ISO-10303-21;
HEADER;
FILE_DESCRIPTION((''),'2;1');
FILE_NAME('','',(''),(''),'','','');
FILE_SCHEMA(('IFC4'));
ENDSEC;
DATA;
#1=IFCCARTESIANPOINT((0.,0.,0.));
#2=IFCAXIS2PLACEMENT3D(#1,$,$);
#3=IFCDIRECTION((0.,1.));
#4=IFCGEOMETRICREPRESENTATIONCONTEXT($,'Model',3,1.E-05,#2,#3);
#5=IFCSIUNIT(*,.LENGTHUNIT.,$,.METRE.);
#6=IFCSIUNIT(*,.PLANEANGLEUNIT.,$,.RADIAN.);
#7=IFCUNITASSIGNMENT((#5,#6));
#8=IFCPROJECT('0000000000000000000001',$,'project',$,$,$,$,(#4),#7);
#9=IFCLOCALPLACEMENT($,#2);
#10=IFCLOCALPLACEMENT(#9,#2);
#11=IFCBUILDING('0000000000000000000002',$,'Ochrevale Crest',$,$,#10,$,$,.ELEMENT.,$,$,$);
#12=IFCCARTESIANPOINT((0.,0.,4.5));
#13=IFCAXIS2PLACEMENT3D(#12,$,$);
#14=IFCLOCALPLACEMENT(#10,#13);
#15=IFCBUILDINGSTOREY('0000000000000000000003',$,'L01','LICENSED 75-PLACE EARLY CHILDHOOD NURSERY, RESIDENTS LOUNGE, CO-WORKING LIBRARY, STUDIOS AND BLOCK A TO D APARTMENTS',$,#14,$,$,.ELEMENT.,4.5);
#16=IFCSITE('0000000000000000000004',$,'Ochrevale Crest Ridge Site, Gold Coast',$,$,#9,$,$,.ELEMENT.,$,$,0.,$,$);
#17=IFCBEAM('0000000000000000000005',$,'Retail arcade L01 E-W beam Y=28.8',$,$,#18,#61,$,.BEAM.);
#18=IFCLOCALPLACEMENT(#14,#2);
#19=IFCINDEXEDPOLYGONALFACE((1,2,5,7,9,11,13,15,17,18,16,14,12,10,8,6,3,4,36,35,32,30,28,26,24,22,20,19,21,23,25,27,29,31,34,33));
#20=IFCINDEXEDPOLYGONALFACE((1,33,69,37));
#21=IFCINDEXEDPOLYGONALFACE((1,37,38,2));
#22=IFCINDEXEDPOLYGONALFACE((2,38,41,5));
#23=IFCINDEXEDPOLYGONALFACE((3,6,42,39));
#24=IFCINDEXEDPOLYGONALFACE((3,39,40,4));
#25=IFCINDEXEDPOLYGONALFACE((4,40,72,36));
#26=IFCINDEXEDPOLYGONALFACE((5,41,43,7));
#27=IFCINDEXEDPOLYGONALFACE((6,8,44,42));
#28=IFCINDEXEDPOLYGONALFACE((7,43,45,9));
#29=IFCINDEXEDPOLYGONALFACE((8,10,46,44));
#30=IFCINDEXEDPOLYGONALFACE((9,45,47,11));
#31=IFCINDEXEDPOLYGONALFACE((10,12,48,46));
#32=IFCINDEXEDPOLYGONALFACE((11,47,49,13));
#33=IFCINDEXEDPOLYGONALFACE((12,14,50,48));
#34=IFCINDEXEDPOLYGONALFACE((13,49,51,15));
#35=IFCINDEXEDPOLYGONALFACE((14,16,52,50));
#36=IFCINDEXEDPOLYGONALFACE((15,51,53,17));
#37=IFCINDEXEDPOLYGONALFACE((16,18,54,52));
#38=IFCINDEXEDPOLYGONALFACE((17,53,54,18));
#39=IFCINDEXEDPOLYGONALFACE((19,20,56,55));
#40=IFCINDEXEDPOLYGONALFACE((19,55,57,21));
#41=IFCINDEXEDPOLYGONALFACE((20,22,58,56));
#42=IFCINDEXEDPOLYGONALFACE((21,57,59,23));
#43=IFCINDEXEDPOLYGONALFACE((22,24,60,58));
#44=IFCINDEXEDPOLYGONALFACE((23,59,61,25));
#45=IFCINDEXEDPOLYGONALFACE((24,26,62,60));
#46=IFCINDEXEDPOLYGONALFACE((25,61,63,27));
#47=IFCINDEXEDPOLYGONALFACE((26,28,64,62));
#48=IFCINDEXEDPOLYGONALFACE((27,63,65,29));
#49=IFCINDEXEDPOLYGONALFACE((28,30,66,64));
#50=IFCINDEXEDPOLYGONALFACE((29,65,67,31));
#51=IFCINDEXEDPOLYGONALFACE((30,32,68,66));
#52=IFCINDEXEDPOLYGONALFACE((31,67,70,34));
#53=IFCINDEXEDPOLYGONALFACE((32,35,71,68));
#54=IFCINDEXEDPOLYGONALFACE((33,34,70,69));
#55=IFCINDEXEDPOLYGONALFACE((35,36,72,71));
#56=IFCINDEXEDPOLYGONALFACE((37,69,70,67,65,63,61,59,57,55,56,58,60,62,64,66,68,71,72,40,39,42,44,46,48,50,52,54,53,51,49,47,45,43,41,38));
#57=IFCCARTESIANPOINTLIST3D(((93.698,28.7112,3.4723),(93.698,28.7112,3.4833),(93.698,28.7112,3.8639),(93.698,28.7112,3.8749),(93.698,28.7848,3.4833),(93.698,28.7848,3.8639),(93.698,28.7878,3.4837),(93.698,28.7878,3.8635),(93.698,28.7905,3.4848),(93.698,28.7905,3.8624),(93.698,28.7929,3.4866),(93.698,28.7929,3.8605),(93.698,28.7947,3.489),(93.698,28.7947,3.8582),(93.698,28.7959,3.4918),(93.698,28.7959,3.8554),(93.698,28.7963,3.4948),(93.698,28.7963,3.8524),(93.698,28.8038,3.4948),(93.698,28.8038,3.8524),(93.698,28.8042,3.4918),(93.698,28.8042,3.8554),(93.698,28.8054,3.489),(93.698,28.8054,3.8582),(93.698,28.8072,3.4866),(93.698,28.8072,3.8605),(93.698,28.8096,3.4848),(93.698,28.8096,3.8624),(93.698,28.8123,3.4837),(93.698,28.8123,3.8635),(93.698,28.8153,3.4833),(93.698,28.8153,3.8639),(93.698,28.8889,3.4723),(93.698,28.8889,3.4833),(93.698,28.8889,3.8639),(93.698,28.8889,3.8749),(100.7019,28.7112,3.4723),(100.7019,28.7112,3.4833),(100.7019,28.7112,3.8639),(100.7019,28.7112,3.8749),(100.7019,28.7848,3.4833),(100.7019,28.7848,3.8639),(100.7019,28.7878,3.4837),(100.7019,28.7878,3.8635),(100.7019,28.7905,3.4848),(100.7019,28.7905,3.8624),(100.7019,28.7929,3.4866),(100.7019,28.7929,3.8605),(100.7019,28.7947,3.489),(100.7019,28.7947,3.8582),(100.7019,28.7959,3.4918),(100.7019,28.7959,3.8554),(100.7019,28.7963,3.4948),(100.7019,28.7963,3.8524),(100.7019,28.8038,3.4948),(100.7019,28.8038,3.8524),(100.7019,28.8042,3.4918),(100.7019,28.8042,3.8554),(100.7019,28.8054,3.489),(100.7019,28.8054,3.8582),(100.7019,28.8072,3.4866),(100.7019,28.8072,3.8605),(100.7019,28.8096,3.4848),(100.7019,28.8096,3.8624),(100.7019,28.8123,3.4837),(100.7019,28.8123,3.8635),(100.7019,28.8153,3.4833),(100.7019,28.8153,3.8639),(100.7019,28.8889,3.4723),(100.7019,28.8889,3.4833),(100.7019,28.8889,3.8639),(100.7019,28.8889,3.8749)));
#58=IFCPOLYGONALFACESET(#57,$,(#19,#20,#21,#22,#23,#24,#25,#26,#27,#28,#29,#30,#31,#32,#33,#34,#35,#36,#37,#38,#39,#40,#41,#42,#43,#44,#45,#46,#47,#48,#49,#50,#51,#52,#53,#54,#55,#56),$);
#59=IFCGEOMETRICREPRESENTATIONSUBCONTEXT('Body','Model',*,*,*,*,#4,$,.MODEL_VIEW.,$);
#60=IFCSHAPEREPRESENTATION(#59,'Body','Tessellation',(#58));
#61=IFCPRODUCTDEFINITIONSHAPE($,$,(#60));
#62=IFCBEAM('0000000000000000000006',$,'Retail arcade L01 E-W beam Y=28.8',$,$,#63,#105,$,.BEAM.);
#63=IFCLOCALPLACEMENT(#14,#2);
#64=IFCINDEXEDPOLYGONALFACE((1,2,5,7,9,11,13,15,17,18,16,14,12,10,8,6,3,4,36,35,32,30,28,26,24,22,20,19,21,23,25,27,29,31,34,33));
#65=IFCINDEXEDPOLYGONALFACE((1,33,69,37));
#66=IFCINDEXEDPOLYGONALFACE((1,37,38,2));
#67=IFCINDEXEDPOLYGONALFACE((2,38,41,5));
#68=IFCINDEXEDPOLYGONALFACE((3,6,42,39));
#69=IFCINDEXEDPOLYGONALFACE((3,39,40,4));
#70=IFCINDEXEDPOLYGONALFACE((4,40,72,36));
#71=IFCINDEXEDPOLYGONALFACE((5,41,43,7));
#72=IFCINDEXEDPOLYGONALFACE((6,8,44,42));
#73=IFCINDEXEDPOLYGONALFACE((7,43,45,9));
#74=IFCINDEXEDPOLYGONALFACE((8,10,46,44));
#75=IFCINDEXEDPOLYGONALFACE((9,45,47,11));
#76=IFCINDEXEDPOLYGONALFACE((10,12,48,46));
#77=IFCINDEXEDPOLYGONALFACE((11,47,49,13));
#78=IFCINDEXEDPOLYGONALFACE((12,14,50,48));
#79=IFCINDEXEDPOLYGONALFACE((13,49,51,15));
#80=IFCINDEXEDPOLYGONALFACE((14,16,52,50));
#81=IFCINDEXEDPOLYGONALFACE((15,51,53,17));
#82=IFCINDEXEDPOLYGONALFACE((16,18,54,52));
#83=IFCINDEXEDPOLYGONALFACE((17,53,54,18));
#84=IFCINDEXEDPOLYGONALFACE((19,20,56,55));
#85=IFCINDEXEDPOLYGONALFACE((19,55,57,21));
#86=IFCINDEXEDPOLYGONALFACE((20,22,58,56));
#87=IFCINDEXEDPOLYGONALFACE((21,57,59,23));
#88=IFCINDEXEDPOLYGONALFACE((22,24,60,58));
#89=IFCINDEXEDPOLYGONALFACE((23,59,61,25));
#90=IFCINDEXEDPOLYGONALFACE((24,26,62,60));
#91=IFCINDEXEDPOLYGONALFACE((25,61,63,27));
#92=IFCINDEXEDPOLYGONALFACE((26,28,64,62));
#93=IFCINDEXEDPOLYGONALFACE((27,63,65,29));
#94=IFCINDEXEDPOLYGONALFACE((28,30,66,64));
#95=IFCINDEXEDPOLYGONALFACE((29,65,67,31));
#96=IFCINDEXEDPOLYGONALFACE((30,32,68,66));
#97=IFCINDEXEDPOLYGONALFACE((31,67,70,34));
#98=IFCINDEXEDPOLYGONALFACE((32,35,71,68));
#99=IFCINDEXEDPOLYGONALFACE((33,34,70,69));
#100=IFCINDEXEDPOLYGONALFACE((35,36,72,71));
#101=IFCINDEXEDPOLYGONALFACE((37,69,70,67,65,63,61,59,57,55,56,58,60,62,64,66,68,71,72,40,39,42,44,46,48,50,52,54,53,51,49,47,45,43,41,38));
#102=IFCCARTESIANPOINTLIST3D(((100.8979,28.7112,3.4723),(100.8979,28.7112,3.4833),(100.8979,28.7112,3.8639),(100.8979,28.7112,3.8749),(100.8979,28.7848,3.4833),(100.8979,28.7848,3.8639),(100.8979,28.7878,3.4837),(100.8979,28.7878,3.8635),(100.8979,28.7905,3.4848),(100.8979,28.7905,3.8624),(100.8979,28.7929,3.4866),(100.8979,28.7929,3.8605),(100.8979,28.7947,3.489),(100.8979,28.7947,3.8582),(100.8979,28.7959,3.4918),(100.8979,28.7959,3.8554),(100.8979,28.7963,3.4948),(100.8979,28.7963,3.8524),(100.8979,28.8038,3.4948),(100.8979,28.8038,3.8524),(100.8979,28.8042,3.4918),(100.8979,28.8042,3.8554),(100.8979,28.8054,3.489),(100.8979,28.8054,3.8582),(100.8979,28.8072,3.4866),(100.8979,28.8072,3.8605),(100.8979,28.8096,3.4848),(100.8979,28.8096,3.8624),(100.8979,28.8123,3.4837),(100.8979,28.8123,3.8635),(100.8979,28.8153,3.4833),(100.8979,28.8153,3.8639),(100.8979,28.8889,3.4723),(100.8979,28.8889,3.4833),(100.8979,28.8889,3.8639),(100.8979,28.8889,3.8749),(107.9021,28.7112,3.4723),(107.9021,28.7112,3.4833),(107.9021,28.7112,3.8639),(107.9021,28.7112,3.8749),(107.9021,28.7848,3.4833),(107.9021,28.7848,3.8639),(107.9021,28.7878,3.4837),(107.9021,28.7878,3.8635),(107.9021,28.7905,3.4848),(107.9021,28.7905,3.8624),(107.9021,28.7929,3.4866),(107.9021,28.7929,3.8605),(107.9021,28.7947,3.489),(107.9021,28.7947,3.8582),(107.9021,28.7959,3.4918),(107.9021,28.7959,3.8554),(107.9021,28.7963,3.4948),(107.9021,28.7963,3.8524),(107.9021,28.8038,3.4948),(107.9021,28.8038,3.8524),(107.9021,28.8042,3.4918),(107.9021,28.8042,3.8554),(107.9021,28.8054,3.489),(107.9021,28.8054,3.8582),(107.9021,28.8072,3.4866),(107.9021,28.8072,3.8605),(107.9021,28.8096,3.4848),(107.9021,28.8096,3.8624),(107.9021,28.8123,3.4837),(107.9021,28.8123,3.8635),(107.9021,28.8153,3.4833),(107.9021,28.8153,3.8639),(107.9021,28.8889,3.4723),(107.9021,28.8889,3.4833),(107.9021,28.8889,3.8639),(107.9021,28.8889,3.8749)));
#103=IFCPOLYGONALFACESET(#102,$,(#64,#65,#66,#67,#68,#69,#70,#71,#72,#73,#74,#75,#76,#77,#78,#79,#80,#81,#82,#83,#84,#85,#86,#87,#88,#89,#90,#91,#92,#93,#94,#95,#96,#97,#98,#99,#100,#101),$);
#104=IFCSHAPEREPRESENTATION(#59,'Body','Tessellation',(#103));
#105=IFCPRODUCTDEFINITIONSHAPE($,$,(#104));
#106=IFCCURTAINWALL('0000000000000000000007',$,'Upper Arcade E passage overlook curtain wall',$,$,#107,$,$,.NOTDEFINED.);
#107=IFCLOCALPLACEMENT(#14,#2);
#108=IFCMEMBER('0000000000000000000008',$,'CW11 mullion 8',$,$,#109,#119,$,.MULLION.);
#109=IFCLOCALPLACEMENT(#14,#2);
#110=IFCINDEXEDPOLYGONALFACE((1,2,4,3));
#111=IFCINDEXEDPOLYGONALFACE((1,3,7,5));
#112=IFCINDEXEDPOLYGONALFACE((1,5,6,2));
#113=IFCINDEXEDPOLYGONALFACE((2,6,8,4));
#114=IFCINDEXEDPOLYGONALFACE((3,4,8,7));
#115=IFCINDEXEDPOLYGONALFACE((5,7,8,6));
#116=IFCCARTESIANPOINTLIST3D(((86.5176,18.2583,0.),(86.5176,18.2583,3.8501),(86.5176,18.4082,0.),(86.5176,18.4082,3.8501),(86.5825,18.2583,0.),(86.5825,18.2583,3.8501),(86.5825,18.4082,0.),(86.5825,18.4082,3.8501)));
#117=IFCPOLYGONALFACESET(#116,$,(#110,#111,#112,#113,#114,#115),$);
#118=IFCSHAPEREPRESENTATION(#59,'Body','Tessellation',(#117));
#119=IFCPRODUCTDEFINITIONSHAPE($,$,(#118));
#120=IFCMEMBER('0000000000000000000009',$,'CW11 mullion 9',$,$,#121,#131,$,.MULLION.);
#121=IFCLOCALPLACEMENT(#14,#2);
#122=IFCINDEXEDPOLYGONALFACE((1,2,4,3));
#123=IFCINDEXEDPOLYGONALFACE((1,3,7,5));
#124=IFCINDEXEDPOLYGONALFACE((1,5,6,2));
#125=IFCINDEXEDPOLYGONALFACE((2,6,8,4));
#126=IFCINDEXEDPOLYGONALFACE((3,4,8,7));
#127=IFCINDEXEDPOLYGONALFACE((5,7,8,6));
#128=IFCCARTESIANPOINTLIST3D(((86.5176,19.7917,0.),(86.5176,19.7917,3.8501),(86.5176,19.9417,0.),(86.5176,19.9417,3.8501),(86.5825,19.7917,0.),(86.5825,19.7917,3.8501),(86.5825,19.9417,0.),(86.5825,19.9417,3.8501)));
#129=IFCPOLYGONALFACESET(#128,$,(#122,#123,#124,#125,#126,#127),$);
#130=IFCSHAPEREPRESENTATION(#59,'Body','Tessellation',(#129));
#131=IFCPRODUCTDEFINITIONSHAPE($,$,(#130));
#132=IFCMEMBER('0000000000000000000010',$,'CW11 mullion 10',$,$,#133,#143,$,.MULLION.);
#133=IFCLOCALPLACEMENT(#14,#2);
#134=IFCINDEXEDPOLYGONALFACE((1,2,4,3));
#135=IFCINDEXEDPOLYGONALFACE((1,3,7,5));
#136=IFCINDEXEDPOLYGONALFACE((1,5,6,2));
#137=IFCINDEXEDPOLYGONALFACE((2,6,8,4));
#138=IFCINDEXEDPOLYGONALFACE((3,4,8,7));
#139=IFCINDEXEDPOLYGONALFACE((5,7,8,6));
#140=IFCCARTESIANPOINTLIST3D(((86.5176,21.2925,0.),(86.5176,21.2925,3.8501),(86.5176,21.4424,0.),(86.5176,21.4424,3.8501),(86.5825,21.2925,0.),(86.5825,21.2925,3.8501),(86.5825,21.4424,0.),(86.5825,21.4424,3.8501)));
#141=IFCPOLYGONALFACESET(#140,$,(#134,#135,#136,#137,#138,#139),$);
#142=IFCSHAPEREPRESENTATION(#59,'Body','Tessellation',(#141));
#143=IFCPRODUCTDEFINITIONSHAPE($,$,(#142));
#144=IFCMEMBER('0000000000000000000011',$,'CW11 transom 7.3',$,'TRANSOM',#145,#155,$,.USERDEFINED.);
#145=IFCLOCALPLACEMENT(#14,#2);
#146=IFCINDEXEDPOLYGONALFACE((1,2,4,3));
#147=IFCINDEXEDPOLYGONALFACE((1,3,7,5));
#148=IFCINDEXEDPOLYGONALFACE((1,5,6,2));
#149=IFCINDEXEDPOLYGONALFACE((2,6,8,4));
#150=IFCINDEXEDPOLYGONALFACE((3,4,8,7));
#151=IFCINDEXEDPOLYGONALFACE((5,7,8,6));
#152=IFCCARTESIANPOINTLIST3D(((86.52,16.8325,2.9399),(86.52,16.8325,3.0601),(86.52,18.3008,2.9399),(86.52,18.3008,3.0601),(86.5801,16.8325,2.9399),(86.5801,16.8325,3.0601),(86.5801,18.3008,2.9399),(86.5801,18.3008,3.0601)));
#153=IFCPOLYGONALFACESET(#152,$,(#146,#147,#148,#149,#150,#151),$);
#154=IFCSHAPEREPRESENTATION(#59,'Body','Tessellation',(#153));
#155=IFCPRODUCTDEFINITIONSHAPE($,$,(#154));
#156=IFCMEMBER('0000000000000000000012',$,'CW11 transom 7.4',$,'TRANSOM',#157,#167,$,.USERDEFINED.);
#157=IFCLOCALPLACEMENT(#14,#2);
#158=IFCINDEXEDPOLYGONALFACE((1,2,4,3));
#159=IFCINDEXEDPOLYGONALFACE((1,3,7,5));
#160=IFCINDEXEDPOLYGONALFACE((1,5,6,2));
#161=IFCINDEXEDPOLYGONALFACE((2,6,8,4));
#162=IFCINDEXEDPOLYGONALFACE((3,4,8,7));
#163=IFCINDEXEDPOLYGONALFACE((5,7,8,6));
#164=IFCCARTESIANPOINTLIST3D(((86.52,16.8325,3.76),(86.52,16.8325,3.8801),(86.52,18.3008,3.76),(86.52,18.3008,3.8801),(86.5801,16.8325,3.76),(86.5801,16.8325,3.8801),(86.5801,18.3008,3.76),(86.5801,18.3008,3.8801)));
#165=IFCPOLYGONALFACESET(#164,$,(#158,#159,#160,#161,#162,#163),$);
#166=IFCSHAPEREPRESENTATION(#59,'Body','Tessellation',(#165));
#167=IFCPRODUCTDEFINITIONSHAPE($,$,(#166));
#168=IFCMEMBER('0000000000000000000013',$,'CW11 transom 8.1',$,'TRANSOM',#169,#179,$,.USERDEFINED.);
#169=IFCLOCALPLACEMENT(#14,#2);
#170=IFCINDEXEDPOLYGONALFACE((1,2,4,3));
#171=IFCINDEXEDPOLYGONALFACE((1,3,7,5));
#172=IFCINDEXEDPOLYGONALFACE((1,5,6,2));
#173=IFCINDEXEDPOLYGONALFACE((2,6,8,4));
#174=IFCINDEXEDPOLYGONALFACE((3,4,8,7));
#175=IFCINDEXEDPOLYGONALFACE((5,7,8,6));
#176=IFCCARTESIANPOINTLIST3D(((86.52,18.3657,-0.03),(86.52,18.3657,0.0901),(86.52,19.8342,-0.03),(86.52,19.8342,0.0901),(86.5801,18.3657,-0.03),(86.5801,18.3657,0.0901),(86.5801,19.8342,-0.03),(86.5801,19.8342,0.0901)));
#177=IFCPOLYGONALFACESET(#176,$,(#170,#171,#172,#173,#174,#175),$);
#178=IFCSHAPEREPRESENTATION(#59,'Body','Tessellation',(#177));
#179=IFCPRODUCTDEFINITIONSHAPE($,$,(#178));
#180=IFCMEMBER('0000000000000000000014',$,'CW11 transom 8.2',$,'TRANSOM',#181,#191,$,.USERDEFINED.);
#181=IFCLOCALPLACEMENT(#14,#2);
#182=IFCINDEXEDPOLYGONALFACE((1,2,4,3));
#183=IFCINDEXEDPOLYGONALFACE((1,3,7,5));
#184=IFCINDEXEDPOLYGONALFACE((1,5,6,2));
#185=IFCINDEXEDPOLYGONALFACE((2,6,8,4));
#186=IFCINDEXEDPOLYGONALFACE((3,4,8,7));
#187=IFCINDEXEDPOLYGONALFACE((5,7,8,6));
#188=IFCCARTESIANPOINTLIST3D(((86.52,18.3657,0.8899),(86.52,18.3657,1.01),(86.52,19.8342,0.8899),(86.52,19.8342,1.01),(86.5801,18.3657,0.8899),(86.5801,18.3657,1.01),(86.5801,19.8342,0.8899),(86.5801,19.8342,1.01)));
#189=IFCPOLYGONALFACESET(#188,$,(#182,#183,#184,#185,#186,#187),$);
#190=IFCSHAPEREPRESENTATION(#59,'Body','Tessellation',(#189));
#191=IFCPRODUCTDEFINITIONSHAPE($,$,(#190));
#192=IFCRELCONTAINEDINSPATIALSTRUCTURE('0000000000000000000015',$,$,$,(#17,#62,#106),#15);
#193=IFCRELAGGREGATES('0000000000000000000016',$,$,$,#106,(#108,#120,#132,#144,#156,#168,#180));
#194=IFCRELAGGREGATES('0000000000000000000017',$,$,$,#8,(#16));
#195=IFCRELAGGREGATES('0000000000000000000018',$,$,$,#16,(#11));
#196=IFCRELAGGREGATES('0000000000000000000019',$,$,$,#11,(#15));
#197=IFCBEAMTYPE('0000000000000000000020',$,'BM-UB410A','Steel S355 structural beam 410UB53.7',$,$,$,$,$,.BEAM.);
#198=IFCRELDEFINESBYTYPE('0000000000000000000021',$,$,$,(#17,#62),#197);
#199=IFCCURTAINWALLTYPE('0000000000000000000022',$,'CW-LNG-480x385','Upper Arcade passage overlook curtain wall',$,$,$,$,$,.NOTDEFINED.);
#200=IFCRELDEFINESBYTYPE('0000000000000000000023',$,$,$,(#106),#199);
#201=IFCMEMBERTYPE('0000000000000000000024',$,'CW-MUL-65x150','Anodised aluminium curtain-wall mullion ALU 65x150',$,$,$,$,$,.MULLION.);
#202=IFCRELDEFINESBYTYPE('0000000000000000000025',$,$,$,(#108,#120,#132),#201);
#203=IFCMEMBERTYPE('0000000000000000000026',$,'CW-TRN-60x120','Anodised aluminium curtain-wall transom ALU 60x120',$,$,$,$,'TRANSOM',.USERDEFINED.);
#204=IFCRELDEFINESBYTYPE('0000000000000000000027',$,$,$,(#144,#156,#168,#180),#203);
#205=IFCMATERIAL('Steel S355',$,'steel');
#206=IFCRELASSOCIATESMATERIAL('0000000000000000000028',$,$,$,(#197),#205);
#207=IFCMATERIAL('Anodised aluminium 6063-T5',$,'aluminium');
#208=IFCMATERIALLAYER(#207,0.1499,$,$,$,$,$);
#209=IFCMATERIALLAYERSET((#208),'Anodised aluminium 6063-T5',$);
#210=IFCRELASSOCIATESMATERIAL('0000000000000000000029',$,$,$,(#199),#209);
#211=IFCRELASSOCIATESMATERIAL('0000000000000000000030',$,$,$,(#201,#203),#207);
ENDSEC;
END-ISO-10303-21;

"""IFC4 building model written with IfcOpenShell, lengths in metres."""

from ifc_helpers import new_model, si_unit, direction, frame, origin, origin_2d, place, context, subcontext, project, spatial, rectangle, i_section, extrude, material, layer, layer_set, material_profile, profile_set, type_object, element, aggregate, save


model = new_model("IFC4")

# Units and contexts
model_context = context("Model", 3, precision=1e-05, world=origin(), true_north=direction((0.0, 1.0)))
body_context = subcontext(model_context, "Body", "Model", "MODEL_VIEW")
ifc_project = project(units=[si_unit("LENGTHUNIT", "METRE"), si_unit("PLANEANGLEUNIT", "RADIAN")], contexts=[model_context])

# Site, building, storey
site_placement = place(None, origin())
site = spatial("IfcSite", under=ifc_project, at=site_placement, Name="Ochrevale Crest Ridge Site, Gold Coast", CompositionType="ELEMENT", RefElevation=0.0)
building_placement = place(site_placement, origin())
building = spatial("IfcBuilding", under=site, at=building_placement, Name="Ochrevale Crest", CompositionType="ELEMENT")
storey_placement = place(building_placement, frame((0.0, 0.0, 4.5)))
storey = spatial("IfcBuildingStorey", under=building, at=storey_placement, Name="L01", Description="LICENSED 75-PLACE EARLY CHILDHOOD NURSERY, RESIDENTS LOUNGE, CO-WORKING LIBRARY, STUDIOS AND BLOCK A TO D APARTMENTS", CompositionType="ELEMENT", Elevation=4.5)

# Shared definitions
ifc_material_1 = material(Name="Steel S355", Category="steel")

# Beams
ifc_material_profile_1 = material_profile(ifc_material_1, i_section(OverallWidth=0.1777, OverallDepth=0.4026, WebThickness=0.0076, FlangeThickness=0.011, FilletRadius=0.0115, at=origin_2d()), Name="410UB53.7")
ifc_profile_set_1 = profile_set([ifc_material_profile_1], Name="Steel S355")
beam_type_1 = type_object("IfcBeamType", Name="BM-UB410A", Description="Steel S355 structural beam 410UB53.7", PredefinedType="BEAM", material=ifc_profile_set_1)
beam_1_placement = place(storey_placement, frame((93.698, 28.8, 3.6736), z_axis=(1.0, 0.0, 0.0), x_axis=(0.0, 1.0, 0.0)))
element("IfcBeam", 1, at=beam_1_placement, inside=storey, type_object=beam_type_1, Name="Retail arcade L01 E-W beam Y=28.8", PredefinedType="BEAM", context=body_context, shape_type="SweptSolid", body=[
    extrude(i_section(OverallWidth=0.1777, OverallDepth=0.4026, WebThickness=0.0076, FlangeThickness=0.011, FilletRadius=0.0115, at=origin_2d()), origin(), (0.0, 0.0, 1.0), 7.0039),
])
beam_2_placement = place(storey_placement, frame((100.8979, 28.8, 3.6736), z_axis=(1.0, 0.0, 0.0), x_axis=(0.0, 1.0, 0.0)))
element("IfcBeam", 2, at=beam_2_placement, inside=storey, type_object=beam_type_1, Name="Retail arcade L01 E-W beam Y=28.8", PredefinedType="BEAM", context=body_context, shape_type="SweptSolid", body=[
    extrude(i_section(OverallWidth=0.1777, OverallDepth=0.4026, WebThickness=0.0076, FlangeThickness=0.011, FilletRadius=0.0115, at=origin_2d()), origin(), (0.0, 0.0, 1.0), 7.0042),
])

# Curtain wall, members
ifc_material_2 = material(Name="Anodised aluminium 6063-T5", Category="aluminium")
ifc_layer_1 = layer(ifc_material_2, 0.1499)
ifc_layer_set_1 = layer_set([ifc_layer_1], Name="Anodised aluminium 6063-T5")
curtain_wall_type = type_object("IfcCurtainWallType", Name="CW-LNG-480x385", Description="Upper Arcade passage overlook curtain wall", PredefinedType="NOTDEFINED", material=ifc_layer_set_1)
curtain_wall_placement = place(storey_placement, origin())
curtain_wall = element("IfcCurtainWall", 3, at=curtain_wall_placement, inside=storey, type_object=curtain_wall_type, Name="Upper Arcade E passage overlook curtain wall", PredefinedType="NOTDEFINED")
ifc_material_profile_2 = material_profile(ifc_material_2, rectangle(XDim=0.0649, YDim=0.1499, at=origin_2d()), Name="ALU 65x150")
ifc_profile_set_2 = profile_set([ifc_material_profile_2], Name="Anodised aluminium 6063-T5")
member_type_1 = type_object("IfcMemberType", Name="CW-MUL-65x150", Description="Anodised aluminium curtain-wall mullion ALU 65x150", PredefinedType="MULLION", material=ifc_profile_set_2)
member_1_placement = place(storey_placement, frame((86.55, 18.3333, 0.0), z_axis=(0.0, 0.0, 1.0), x_axis=(-1.0, 0.0, 0.0)))
member_1 = element("IfcMember", 4, at=member_1_placement, type_object=member_type_1, Name="CW11 mullion 8", PredefinedType="MULLION", context=body_context, shape_type="SweptSolid", body=[
    extrude(rectangle(XDim=0.0649, YDim=0.1499, at=origin_2d()), origin(), (0.0, 0.0, 1.0), 3.8501),
])
member_2_placement = place(storey_placement, frame((86.55, 19.8667, 0.0), z_axis=(0.0, 0.0, 1.0), x_axis=(-1.0, 0.0, 0.0)))
member_2 = element("IfcMember", 5, at=member_2_placement, type_object=member_type_1, Name="CW11 mullion 9", PredefinedType="MULLION", context=body_context, shape_type="SweptSolid", body=[
    extrude(rectangle(XDim=0.0649, YDim=0.1499, at=origin_2d()), origin(), (0.0, 0.0, 1.0), 3.8501),
])
member_3_placement = place(storey_placement, frame((86.55, 21.3674, 0.0), z_axis=(0.0, 0.0, 1.0), x_axis=(-1.0, 0.0, 0.0)))
member_3 = element("IfcMember", 6, at=member_3_placement, type_object=member_type_1, Name="CW11 mullion 10", PredefinedType="MULLION", context=body_context, shape_type="SweptSolid", body=[
    extrude(rectangle(XDim=0.0649, YDim=0.1499, at=origin_2d()), origin(), (0.0, 0.0, 1.0), 3.8501),
])
ifc_material_profile_3 = material_profile(ifc_material_2, rectangle(XDim=0.0601, YDim=0.1201, at=origin_2d()), Name="ALU 60x120")
ifc_profile_set_3 = profile_set([ifc_material_profile_3], Name="Anodised aluminium 6063-T5")
member_type_2 = type_object("IfcMemberType", Name="CW-TRN-60x120", Description="Anodised aluminium curtain-wall transom ALU 60x120", ElementType="TRANSOM", PredefinedType="USERDEFINED", material=ifc_profile_set_3)
member_4_placement = place(storey_placement, frame((86.55, 16.8325, 3.0), z_axis=(0.0, 1.0, 0.0), x_axis=(-1.0, 0.0, 0.0)))
member_4 = element("IfcMember", 7, at=member_4_placement, type_object=member_type_2, Name="CW11 transom 7.3", ObjectType="TRANSOM", PredefinedType="USERDEFINED", context=body_context, shape_type="SweptSolid", body=[
    extrude(rectangle(XDim=0.0601, YDim=0.1201, at=origin_2d()), origin(), (0.0, 0.0, 1.0), 1.4683),
])
member_5_placement = place(storey_placement, frame((86.55, 16.8325, 3.8201), z_axis=(0.0, 1.0, 0.0), x_axis=(-1.0, 0.0, 0.0)))
member_5 = element("IfcMember", 8, at=member_5_placement, type_object=member_type_2, Name="CW11 transom 7.4", ObjectType="TRANSOM", PredefinedType="USERDEFINED", context=body_context, shape_type="SweptSolid", body=[
    extrude(rectangle(XDim=0.0601, YDim=0.1201, at=origin_2d()), origin(), (0.0, 0.0, 1.0), 1.4683),
])
member_6_placement = place(storey_placement, frame((86.55, 18.3657, 0.03), z_axis=(0.0, 1.0, 0.0), x_axis=(-1.0, 0.0, 0.0)))
member_6 = element("IfcMember", 9, at=member_6_placement, type_object=member_type_2, Name="CW11 transom 8.1", ObjectType="TRANSOM", PredefinedType="USERDEFINED", context=body_context, shape_type="SweptSolid", body=[
    extrude(rectangle(XDim=0.0601, YDim=0.1201, at=origin_2d()), origin(), (0.0, 0.0, 1.0), 1.4685),
])
member_7_placement = place(storey_placement, frame((86.55, 18.3657, 0.95), z_axis=(0.0, 1.0, 0.0), x_axis=(-1.0, 0.0, 0.0)))
member_7 = element("IfcMember", 10, at=member_7_placement, type_object=member_type_2, Name="CW11 transom 8.2", ObjectType="TRANSOM", PredefinedType="USERDEFINED", context=body_context, shape_type="SweptSolid", body=[
    extrude(rectangle(XDim=0.0601, YDim=0.1201, at=origin_2d()), origin(), (0.0, 0.0, 1.0), 1.4685),
])
aggregate(curtain_wall, [member_1, member_2, member_3, member_4, member_5, member_6, member_7])

save(model, "model.ifc")
